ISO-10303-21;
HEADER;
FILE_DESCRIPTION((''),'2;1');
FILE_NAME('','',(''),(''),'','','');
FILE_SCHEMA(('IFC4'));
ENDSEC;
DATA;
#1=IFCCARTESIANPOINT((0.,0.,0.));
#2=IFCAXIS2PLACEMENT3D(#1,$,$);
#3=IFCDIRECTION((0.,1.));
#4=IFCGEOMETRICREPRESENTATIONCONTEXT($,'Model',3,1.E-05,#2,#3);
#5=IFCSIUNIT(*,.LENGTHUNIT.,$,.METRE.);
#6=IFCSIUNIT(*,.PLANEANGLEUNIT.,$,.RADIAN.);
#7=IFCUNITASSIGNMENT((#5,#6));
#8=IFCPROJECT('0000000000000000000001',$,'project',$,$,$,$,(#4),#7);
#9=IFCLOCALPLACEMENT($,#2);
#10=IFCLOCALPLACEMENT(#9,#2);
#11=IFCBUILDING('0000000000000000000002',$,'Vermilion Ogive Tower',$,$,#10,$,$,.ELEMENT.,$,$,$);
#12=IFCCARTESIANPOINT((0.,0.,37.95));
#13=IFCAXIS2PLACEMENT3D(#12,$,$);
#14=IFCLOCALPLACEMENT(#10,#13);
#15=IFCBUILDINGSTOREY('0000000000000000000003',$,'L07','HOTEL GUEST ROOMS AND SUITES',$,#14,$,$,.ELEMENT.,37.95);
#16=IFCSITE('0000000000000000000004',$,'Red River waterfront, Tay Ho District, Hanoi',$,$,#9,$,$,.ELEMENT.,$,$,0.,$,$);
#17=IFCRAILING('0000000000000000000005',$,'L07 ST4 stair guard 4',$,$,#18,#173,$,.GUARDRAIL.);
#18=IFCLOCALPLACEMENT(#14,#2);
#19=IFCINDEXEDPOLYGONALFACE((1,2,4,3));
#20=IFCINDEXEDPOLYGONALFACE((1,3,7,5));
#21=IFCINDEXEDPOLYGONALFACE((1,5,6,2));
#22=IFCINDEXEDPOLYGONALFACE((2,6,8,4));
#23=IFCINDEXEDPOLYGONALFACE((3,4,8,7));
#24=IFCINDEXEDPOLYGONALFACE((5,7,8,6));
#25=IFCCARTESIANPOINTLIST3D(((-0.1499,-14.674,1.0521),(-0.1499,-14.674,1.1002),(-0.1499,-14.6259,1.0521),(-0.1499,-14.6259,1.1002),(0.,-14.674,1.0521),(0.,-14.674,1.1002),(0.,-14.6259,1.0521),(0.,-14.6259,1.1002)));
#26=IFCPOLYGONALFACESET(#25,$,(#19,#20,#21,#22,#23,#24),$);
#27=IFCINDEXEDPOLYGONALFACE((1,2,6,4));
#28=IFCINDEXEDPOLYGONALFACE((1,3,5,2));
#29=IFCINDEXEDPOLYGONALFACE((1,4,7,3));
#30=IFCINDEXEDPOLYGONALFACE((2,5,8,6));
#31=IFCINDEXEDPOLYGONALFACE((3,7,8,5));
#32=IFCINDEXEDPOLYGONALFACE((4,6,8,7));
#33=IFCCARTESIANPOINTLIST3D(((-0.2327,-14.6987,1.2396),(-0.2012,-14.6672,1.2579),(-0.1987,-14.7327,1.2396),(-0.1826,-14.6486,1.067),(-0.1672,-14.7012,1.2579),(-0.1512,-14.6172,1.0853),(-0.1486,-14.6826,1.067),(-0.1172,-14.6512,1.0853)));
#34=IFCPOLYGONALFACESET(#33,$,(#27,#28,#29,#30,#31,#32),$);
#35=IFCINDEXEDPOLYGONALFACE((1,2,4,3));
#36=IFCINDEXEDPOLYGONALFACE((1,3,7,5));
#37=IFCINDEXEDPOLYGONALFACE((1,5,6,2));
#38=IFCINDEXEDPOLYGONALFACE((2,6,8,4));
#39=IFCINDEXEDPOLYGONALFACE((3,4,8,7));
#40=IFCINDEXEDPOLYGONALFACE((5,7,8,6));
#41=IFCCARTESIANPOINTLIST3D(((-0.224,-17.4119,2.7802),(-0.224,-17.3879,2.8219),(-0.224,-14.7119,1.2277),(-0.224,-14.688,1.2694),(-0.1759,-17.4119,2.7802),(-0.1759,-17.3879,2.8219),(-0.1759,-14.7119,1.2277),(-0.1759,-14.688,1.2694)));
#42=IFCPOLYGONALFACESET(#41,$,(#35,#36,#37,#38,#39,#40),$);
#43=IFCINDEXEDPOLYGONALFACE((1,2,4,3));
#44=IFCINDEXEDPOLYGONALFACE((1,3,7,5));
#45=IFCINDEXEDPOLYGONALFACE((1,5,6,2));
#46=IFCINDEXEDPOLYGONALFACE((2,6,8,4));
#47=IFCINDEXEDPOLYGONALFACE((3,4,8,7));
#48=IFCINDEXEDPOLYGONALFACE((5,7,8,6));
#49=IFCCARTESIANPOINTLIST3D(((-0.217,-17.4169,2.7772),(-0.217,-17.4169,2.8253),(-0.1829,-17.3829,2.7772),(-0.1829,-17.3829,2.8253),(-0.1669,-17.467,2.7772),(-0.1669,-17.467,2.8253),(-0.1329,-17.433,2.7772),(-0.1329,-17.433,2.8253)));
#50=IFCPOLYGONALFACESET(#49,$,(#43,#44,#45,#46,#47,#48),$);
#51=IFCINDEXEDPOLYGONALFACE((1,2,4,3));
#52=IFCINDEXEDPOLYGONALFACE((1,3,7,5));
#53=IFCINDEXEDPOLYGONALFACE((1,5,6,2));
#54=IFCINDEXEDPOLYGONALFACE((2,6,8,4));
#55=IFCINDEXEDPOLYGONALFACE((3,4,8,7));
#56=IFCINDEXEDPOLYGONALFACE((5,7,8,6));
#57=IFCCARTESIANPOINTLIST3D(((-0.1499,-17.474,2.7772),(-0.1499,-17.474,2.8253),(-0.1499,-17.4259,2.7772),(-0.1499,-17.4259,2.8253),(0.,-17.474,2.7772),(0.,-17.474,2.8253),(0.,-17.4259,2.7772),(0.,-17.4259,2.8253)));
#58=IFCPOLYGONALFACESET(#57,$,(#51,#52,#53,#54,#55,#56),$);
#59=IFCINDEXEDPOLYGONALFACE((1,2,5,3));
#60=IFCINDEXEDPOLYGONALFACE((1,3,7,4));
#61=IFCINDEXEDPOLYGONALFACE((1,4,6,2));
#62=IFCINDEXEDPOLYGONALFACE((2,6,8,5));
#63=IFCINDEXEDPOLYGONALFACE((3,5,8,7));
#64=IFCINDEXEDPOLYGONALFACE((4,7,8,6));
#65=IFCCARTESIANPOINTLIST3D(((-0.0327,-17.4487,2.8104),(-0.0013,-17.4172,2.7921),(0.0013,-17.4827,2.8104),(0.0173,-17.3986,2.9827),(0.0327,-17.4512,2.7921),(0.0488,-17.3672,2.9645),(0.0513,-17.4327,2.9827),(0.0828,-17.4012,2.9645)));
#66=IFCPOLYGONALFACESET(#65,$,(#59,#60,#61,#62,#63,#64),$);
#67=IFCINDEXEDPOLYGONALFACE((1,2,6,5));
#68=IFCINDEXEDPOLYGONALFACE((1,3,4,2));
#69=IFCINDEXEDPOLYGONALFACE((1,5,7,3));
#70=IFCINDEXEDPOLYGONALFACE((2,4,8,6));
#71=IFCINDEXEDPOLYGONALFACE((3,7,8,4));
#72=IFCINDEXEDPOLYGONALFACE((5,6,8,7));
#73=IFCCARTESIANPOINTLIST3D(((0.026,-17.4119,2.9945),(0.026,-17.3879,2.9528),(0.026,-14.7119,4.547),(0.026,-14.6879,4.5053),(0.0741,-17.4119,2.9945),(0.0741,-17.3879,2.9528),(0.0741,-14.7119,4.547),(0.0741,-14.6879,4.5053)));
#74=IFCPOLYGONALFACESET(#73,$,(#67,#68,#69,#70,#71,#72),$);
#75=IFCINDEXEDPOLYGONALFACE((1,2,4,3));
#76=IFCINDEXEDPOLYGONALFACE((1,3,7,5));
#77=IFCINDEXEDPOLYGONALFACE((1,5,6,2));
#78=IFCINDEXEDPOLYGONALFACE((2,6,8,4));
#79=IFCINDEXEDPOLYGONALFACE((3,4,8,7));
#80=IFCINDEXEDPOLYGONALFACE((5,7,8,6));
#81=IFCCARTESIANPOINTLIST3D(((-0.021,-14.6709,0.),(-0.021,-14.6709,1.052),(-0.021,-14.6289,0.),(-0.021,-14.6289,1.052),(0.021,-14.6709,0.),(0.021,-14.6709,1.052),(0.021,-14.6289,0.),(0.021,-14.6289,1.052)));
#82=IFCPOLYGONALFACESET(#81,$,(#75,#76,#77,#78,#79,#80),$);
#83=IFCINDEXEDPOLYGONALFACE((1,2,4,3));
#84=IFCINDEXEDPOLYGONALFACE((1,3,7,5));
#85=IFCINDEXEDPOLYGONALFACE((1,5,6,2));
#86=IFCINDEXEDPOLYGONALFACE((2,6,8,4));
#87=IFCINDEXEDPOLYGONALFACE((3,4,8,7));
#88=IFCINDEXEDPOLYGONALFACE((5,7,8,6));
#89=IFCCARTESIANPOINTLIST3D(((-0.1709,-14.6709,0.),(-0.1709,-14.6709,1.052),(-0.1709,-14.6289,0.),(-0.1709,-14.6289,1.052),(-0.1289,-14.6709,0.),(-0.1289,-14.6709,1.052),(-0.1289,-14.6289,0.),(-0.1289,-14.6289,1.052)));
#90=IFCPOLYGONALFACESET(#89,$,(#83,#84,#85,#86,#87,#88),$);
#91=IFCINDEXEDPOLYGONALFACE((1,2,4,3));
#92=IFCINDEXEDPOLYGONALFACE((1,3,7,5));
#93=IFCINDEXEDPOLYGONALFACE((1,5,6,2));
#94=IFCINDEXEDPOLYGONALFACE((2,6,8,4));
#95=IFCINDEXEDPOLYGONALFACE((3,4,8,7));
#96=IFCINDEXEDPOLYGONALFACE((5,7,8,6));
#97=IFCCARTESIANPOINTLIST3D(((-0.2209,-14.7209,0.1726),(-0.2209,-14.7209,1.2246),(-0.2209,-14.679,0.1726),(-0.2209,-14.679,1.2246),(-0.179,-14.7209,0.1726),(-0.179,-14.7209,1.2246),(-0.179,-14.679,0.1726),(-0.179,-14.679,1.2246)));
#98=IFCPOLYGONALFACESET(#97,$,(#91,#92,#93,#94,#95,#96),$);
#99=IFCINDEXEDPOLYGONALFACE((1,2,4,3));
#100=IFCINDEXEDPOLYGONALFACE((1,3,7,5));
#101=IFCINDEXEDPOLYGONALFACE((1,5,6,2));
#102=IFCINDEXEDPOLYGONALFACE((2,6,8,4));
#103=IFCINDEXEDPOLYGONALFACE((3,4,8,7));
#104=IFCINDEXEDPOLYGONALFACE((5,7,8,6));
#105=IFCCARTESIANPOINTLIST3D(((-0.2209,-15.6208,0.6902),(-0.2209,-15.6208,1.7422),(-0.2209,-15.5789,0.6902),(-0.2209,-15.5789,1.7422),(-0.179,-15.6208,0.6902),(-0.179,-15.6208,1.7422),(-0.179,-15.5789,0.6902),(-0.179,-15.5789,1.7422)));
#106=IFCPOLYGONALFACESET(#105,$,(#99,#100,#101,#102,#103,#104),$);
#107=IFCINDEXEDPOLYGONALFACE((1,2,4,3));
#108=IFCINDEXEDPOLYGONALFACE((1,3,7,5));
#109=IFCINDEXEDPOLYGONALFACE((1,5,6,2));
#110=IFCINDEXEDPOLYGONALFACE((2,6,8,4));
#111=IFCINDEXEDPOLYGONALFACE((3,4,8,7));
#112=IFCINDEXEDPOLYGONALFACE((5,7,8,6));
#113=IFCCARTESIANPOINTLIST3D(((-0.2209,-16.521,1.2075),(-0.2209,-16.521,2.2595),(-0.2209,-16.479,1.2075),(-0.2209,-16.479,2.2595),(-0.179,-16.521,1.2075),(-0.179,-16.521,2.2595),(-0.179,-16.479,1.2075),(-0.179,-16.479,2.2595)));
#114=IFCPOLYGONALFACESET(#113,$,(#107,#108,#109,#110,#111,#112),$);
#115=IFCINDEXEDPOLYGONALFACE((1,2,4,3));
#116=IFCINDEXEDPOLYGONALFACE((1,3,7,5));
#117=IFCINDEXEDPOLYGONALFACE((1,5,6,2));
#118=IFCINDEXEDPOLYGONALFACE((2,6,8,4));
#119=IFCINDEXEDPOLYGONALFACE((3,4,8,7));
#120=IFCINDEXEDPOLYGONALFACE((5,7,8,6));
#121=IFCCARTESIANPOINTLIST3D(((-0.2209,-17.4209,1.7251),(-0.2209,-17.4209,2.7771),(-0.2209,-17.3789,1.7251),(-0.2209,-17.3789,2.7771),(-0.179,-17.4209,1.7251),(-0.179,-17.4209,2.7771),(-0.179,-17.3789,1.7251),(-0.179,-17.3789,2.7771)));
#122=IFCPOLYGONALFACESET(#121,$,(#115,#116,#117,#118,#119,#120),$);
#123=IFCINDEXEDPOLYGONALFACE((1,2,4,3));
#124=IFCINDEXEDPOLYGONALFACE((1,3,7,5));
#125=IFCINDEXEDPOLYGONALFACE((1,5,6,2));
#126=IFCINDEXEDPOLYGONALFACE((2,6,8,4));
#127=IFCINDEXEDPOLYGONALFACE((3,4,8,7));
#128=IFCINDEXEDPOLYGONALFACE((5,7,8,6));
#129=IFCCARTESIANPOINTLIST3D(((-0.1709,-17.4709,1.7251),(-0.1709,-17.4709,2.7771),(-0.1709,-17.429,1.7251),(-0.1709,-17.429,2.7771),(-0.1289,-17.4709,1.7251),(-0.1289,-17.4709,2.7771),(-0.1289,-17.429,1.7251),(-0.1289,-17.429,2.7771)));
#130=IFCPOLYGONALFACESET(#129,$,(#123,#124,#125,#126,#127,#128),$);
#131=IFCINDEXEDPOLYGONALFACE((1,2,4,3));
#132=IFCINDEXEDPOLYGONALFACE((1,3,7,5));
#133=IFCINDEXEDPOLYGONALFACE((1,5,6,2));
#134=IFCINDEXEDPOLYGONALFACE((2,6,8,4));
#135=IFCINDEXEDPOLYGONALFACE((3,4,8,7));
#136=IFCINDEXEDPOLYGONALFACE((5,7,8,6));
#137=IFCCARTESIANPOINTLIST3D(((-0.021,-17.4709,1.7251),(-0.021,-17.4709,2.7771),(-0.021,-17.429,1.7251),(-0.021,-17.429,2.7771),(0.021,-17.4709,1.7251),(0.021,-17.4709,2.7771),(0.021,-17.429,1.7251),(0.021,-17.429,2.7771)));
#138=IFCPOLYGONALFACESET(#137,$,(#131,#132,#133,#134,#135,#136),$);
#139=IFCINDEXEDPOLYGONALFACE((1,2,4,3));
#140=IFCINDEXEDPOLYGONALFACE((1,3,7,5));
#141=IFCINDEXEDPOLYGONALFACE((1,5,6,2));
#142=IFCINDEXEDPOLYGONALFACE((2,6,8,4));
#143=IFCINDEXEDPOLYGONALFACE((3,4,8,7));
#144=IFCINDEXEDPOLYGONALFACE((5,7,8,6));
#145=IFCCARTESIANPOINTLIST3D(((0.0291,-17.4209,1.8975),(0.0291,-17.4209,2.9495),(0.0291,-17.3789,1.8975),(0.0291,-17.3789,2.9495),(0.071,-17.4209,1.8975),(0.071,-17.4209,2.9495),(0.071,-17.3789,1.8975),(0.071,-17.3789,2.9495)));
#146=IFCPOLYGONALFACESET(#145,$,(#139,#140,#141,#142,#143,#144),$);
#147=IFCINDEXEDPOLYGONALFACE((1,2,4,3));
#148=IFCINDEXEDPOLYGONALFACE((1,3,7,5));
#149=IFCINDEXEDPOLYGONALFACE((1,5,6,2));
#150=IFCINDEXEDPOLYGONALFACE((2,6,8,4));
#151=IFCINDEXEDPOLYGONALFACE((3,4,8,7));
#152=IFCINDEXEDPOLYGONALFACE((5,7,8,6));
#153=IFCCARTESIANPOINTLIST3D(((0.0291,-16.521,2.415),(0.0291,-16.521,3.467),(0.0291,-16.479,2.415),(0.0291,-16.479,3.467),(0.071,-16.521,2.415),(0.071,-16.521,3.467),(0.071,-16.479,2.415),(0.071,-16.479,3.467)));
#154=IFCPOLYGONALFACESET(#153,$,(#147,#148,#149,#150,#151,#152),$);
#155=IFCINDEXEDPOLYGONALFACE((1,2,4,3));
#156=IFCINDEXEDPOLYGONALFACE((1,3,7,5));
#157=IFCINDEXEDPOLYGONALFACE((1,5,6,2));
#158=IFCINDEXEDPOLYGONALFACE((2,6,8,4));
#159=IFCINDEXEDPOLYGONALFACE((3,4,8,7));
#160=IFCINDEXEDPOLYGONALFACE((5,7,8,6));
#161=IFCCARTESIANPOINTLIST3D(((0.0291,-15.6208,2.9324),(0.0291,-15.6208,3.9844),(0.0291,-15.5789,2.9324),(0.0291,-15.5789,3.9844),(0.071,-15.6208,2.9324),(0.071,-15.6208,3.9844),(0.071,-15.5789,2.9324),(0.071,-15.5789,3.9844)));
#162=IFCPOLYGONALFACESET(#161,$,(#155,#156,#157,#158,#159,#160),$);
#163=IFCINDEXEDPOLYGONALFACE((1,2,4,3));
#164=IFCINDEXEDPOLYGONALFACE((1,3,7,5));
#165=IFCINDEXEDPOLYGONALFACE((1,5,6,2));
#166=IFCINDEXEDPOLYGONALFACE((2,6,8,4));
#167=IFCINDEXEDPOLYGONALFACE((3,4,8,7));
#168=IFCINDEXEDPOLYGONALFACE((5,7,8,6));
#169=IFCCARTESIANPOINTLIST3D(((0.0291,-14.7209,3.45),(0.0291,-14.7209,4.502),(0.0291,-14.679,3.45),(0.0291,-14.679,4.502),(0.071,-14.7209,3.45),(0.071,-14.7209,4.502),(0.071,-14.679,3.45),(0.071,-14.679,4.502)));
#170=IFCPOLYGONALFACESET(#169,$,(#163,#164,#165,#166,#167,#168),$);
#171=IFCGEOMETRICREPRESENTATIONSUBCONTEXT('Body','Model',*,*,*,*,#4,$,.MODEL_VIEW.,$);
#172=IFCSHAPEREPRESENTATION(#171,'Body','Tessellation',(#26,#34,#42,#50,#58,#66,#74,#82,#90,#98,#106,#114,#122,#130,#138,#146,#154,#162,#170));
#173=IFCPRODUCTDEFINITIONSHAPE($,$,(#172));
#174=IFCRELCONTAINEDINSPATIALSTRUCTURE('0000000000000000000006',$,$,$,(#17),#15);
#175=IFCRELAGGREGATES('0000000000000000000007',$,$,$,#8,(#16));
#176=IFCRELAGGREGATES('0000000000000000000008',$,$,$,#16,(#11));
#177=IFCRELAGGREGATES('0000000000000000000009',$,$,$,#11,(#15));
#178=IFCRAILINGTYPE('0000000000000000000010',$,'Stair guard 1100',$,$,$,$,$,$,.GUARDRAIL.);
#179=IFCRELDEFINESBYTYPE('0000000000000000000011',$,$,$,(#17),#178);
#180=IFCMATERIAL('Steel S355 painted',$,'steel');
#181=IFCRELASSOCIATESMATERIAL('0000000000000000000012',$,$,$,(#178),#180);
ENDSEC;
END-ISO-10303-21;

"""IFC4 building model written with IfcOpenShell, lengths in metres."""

from ifc_helpers import new_model, si_unit, direction, frame, origin, origin_2d, place, context, subcontext, project, spatial, rectangle, extrude, material, type_object, element, save


model = new_model("IFC4")

# Units and contexts
model_context = context("Model", 3, precision=1e-05, world=origin(), true_north=direction((0.0, 1.0)))
body_context = subcontext(model_context, "Body", "Model", "MODEL_VIEW")
ifc_project = project(units=[si_unit("LENGTHUNIT", "METRE"), si_unit("PLANEANGLEUNIT", "RADIAN")], contexts=[model_context])

# Site, building, storey
site_placement = place(None, origin())
site = spatial("IfcSite", under=ifc_project, at=site_placement, Name="Red River waterfront, Tay Ho District, Hanoi", CompositionType="ELEMENT", RefElevation=0.0)
building_placement = place(site_placement, origin())
building = spatial("IfcBuilding", under=site, at=building_placement, Name="Vermilion Ogive Tower", CompositionType="ELEMENT")
storey_placement = place(building_placement, frame((0.0, 0.0, 37.95)))
storey = spatial("IfcBuildingStorey", under=building, at=storey_placement, Name="L07", Description="HOTEL GUEST ROOMS AND SUITES", CompositionType="ELEMENT", Elevation=37.95)

# Railing
ifc_material_1 = material(Name="Steel S355 painted", Category="steel")
railing_type = type_object("IfcRailingType", Name="Stair guard 1100", PredefinedType="GUARDRAIL", material=ifc_material_1)
railing_1_placement = place(storey_placement, frame((0.0, -14.6499, 0.0)))
element("IfcRailing", 1, at=railing_1_placement, inside=storey, type_object=railing_type, Name="L07 ST4 stair guard 4", PredefinedType="GUARDRAIL", context=body_context, shape_type="SweptSolid", body=[
    extrude(rectangle(XDim=0.0481, YDim=0.0481, at=origin_2d()), frame((0.0, 0.0, 1.0762), z_axis=(-1.0, 0.0, 0.0), x_axis=(0.0, -1.0, 0.0)), (0.0, 0.0, 1.0), 0.1499),
    extrude(rectangle(XDim=0.0481, YDim=0.0481, at=origin_2d()), frame((-0.1499, 0.0, 1.0762), z_axis=(-0.268278, -0.268278, 0.925232), x_axis=(0.707107, -0.707107, 0.0)), (0.0, 0.0, 1.0), 0.1865),
    extrude(rectangle(XDim=0.0481, YDim=0.0481, at=origin_2d()), frame((-0.2, -0.05, 1.2485), z_axis=(0.0, -0.866904, 0.498476), x_axis=(1.0, 0.0, 0.0)), (0.0, 0.0, 1.0), 3.1145),
    extrude(rectangle(XDim=0.0481, YDim=0.0481, at=origin_2d()), frame((-0.2, -2.75, 2.8013), z_axis=(0.707107, -0.707107, 0.0), x_axis=(0.707107, 0.707107, 0.0)), (0.0, 0.0, 1.0), 0.0708),
    extrude(rectangle(XDim=0.0481, YDim=0.0481, at=origin_2d()), frame((-0.1499, -2.8, 2.8013), z_axis=(1.0, 0.0, 0.0), x_axis=(0.0, 1.0, 0.0)), (0.0, 0.0, 1.0), 0.1499),
    extrude(rectangle(XDim=0.0481, YDim=0.0481, at=origin_2d()), frame((0.0, -2.8, 2.8013), z_axis=(0.268603, 0.268603, 0.925043), x_axis=(-0.707107, 0.707107, 0.0)), (0.0, 0.0, 1.0), 0.1863),
    extrude(rectangle(XDim=0.0481, YDim=0.0481, at=origin_2d()), frame((0.05, -2.75, 2.9736), z_axis=(0.0, 0.866904, 0.498476), x_axis=(-1.0, 0.0, 0.0)), (0.0, 0.0, 1.0), 3.1145),
    extrude(rectangle(XDim=0.042, YDim=0.042, at=origin_2d()), origin(), (0.0, 0.0, 1.0), 1.052),
    extrude(rectangle(XDim=0.042, YDim=0.042, at=origin_2d()), frame((-0.1499, 0.0, 0.0)), (0.0, 0.0, 1.0), 1.052),
    extrude(rectangle(XDim=0.042, YDim=0.042, at=origin_2d()), frame((-0.2, -0.05, 0.1726)), (0.0, 0.0, 1.0), 1.052),
    extrude(rectangle(XDim=0.042, YDim=0.042, at=origin_2d()), frame((-0.2, -0.95, 0.6902)), (0.0, 0.0, 1.0), 1.052),
    extrude(rectangle(XDim=0.042, YDim=0.042, at=origin_2d()), frame((-0.2, -1.8501, 1.2075)), (0.0, 0.0, 1.0), 1.052),
    extrude(rectangle(XDim=0.042, YDim=0.042, at=origin_2d()), frame((-0.2, -2.75, 1.7251)), (0.0, 0.0, 1.0), 1.052),
    extrude(rectangle(XDim=0.042, YDim=0.042, at=origin_2d()), frame((-0.1499, -2.8, 1.7251)), (0.0, 0.0, 1.0), 1.052),
    extrude(rectangle(XDim=0.042, YDim=0.042, at=origin_2d()), frame((0.0, -2.8, 1.7251)), (0.0, 0.0, 1.0), 1.052),
    extrude(rectangle(XDim=0.042, YDim=0.042, at=origin_2d()), frame((0.05, -2.75, 1.8975)), (0.0, 0.0, 1.0), 1.052),
    extrude(rectangle(XDim=0.042, YDim=0.042, at=origin_2d()), frame((0.05, -1.8501, 2.415)), (0.0, 0.0, 1.0), 1.052),
    extrude(rectangle(XDim=0.042, YDim=0.042, at=origin_2d()), frame((0.05, -0.95, 2.9324)), (0.0, 0.0, 1.0), 1.052),
    extrude(rectangle(XDim=0.042, YDim=0.042, at=origin_2d()), frame((0.05, -0.05, 3.45)), (0.0, 0.0, 1.0), 1.052),
])

save(model, "model.ifc")
